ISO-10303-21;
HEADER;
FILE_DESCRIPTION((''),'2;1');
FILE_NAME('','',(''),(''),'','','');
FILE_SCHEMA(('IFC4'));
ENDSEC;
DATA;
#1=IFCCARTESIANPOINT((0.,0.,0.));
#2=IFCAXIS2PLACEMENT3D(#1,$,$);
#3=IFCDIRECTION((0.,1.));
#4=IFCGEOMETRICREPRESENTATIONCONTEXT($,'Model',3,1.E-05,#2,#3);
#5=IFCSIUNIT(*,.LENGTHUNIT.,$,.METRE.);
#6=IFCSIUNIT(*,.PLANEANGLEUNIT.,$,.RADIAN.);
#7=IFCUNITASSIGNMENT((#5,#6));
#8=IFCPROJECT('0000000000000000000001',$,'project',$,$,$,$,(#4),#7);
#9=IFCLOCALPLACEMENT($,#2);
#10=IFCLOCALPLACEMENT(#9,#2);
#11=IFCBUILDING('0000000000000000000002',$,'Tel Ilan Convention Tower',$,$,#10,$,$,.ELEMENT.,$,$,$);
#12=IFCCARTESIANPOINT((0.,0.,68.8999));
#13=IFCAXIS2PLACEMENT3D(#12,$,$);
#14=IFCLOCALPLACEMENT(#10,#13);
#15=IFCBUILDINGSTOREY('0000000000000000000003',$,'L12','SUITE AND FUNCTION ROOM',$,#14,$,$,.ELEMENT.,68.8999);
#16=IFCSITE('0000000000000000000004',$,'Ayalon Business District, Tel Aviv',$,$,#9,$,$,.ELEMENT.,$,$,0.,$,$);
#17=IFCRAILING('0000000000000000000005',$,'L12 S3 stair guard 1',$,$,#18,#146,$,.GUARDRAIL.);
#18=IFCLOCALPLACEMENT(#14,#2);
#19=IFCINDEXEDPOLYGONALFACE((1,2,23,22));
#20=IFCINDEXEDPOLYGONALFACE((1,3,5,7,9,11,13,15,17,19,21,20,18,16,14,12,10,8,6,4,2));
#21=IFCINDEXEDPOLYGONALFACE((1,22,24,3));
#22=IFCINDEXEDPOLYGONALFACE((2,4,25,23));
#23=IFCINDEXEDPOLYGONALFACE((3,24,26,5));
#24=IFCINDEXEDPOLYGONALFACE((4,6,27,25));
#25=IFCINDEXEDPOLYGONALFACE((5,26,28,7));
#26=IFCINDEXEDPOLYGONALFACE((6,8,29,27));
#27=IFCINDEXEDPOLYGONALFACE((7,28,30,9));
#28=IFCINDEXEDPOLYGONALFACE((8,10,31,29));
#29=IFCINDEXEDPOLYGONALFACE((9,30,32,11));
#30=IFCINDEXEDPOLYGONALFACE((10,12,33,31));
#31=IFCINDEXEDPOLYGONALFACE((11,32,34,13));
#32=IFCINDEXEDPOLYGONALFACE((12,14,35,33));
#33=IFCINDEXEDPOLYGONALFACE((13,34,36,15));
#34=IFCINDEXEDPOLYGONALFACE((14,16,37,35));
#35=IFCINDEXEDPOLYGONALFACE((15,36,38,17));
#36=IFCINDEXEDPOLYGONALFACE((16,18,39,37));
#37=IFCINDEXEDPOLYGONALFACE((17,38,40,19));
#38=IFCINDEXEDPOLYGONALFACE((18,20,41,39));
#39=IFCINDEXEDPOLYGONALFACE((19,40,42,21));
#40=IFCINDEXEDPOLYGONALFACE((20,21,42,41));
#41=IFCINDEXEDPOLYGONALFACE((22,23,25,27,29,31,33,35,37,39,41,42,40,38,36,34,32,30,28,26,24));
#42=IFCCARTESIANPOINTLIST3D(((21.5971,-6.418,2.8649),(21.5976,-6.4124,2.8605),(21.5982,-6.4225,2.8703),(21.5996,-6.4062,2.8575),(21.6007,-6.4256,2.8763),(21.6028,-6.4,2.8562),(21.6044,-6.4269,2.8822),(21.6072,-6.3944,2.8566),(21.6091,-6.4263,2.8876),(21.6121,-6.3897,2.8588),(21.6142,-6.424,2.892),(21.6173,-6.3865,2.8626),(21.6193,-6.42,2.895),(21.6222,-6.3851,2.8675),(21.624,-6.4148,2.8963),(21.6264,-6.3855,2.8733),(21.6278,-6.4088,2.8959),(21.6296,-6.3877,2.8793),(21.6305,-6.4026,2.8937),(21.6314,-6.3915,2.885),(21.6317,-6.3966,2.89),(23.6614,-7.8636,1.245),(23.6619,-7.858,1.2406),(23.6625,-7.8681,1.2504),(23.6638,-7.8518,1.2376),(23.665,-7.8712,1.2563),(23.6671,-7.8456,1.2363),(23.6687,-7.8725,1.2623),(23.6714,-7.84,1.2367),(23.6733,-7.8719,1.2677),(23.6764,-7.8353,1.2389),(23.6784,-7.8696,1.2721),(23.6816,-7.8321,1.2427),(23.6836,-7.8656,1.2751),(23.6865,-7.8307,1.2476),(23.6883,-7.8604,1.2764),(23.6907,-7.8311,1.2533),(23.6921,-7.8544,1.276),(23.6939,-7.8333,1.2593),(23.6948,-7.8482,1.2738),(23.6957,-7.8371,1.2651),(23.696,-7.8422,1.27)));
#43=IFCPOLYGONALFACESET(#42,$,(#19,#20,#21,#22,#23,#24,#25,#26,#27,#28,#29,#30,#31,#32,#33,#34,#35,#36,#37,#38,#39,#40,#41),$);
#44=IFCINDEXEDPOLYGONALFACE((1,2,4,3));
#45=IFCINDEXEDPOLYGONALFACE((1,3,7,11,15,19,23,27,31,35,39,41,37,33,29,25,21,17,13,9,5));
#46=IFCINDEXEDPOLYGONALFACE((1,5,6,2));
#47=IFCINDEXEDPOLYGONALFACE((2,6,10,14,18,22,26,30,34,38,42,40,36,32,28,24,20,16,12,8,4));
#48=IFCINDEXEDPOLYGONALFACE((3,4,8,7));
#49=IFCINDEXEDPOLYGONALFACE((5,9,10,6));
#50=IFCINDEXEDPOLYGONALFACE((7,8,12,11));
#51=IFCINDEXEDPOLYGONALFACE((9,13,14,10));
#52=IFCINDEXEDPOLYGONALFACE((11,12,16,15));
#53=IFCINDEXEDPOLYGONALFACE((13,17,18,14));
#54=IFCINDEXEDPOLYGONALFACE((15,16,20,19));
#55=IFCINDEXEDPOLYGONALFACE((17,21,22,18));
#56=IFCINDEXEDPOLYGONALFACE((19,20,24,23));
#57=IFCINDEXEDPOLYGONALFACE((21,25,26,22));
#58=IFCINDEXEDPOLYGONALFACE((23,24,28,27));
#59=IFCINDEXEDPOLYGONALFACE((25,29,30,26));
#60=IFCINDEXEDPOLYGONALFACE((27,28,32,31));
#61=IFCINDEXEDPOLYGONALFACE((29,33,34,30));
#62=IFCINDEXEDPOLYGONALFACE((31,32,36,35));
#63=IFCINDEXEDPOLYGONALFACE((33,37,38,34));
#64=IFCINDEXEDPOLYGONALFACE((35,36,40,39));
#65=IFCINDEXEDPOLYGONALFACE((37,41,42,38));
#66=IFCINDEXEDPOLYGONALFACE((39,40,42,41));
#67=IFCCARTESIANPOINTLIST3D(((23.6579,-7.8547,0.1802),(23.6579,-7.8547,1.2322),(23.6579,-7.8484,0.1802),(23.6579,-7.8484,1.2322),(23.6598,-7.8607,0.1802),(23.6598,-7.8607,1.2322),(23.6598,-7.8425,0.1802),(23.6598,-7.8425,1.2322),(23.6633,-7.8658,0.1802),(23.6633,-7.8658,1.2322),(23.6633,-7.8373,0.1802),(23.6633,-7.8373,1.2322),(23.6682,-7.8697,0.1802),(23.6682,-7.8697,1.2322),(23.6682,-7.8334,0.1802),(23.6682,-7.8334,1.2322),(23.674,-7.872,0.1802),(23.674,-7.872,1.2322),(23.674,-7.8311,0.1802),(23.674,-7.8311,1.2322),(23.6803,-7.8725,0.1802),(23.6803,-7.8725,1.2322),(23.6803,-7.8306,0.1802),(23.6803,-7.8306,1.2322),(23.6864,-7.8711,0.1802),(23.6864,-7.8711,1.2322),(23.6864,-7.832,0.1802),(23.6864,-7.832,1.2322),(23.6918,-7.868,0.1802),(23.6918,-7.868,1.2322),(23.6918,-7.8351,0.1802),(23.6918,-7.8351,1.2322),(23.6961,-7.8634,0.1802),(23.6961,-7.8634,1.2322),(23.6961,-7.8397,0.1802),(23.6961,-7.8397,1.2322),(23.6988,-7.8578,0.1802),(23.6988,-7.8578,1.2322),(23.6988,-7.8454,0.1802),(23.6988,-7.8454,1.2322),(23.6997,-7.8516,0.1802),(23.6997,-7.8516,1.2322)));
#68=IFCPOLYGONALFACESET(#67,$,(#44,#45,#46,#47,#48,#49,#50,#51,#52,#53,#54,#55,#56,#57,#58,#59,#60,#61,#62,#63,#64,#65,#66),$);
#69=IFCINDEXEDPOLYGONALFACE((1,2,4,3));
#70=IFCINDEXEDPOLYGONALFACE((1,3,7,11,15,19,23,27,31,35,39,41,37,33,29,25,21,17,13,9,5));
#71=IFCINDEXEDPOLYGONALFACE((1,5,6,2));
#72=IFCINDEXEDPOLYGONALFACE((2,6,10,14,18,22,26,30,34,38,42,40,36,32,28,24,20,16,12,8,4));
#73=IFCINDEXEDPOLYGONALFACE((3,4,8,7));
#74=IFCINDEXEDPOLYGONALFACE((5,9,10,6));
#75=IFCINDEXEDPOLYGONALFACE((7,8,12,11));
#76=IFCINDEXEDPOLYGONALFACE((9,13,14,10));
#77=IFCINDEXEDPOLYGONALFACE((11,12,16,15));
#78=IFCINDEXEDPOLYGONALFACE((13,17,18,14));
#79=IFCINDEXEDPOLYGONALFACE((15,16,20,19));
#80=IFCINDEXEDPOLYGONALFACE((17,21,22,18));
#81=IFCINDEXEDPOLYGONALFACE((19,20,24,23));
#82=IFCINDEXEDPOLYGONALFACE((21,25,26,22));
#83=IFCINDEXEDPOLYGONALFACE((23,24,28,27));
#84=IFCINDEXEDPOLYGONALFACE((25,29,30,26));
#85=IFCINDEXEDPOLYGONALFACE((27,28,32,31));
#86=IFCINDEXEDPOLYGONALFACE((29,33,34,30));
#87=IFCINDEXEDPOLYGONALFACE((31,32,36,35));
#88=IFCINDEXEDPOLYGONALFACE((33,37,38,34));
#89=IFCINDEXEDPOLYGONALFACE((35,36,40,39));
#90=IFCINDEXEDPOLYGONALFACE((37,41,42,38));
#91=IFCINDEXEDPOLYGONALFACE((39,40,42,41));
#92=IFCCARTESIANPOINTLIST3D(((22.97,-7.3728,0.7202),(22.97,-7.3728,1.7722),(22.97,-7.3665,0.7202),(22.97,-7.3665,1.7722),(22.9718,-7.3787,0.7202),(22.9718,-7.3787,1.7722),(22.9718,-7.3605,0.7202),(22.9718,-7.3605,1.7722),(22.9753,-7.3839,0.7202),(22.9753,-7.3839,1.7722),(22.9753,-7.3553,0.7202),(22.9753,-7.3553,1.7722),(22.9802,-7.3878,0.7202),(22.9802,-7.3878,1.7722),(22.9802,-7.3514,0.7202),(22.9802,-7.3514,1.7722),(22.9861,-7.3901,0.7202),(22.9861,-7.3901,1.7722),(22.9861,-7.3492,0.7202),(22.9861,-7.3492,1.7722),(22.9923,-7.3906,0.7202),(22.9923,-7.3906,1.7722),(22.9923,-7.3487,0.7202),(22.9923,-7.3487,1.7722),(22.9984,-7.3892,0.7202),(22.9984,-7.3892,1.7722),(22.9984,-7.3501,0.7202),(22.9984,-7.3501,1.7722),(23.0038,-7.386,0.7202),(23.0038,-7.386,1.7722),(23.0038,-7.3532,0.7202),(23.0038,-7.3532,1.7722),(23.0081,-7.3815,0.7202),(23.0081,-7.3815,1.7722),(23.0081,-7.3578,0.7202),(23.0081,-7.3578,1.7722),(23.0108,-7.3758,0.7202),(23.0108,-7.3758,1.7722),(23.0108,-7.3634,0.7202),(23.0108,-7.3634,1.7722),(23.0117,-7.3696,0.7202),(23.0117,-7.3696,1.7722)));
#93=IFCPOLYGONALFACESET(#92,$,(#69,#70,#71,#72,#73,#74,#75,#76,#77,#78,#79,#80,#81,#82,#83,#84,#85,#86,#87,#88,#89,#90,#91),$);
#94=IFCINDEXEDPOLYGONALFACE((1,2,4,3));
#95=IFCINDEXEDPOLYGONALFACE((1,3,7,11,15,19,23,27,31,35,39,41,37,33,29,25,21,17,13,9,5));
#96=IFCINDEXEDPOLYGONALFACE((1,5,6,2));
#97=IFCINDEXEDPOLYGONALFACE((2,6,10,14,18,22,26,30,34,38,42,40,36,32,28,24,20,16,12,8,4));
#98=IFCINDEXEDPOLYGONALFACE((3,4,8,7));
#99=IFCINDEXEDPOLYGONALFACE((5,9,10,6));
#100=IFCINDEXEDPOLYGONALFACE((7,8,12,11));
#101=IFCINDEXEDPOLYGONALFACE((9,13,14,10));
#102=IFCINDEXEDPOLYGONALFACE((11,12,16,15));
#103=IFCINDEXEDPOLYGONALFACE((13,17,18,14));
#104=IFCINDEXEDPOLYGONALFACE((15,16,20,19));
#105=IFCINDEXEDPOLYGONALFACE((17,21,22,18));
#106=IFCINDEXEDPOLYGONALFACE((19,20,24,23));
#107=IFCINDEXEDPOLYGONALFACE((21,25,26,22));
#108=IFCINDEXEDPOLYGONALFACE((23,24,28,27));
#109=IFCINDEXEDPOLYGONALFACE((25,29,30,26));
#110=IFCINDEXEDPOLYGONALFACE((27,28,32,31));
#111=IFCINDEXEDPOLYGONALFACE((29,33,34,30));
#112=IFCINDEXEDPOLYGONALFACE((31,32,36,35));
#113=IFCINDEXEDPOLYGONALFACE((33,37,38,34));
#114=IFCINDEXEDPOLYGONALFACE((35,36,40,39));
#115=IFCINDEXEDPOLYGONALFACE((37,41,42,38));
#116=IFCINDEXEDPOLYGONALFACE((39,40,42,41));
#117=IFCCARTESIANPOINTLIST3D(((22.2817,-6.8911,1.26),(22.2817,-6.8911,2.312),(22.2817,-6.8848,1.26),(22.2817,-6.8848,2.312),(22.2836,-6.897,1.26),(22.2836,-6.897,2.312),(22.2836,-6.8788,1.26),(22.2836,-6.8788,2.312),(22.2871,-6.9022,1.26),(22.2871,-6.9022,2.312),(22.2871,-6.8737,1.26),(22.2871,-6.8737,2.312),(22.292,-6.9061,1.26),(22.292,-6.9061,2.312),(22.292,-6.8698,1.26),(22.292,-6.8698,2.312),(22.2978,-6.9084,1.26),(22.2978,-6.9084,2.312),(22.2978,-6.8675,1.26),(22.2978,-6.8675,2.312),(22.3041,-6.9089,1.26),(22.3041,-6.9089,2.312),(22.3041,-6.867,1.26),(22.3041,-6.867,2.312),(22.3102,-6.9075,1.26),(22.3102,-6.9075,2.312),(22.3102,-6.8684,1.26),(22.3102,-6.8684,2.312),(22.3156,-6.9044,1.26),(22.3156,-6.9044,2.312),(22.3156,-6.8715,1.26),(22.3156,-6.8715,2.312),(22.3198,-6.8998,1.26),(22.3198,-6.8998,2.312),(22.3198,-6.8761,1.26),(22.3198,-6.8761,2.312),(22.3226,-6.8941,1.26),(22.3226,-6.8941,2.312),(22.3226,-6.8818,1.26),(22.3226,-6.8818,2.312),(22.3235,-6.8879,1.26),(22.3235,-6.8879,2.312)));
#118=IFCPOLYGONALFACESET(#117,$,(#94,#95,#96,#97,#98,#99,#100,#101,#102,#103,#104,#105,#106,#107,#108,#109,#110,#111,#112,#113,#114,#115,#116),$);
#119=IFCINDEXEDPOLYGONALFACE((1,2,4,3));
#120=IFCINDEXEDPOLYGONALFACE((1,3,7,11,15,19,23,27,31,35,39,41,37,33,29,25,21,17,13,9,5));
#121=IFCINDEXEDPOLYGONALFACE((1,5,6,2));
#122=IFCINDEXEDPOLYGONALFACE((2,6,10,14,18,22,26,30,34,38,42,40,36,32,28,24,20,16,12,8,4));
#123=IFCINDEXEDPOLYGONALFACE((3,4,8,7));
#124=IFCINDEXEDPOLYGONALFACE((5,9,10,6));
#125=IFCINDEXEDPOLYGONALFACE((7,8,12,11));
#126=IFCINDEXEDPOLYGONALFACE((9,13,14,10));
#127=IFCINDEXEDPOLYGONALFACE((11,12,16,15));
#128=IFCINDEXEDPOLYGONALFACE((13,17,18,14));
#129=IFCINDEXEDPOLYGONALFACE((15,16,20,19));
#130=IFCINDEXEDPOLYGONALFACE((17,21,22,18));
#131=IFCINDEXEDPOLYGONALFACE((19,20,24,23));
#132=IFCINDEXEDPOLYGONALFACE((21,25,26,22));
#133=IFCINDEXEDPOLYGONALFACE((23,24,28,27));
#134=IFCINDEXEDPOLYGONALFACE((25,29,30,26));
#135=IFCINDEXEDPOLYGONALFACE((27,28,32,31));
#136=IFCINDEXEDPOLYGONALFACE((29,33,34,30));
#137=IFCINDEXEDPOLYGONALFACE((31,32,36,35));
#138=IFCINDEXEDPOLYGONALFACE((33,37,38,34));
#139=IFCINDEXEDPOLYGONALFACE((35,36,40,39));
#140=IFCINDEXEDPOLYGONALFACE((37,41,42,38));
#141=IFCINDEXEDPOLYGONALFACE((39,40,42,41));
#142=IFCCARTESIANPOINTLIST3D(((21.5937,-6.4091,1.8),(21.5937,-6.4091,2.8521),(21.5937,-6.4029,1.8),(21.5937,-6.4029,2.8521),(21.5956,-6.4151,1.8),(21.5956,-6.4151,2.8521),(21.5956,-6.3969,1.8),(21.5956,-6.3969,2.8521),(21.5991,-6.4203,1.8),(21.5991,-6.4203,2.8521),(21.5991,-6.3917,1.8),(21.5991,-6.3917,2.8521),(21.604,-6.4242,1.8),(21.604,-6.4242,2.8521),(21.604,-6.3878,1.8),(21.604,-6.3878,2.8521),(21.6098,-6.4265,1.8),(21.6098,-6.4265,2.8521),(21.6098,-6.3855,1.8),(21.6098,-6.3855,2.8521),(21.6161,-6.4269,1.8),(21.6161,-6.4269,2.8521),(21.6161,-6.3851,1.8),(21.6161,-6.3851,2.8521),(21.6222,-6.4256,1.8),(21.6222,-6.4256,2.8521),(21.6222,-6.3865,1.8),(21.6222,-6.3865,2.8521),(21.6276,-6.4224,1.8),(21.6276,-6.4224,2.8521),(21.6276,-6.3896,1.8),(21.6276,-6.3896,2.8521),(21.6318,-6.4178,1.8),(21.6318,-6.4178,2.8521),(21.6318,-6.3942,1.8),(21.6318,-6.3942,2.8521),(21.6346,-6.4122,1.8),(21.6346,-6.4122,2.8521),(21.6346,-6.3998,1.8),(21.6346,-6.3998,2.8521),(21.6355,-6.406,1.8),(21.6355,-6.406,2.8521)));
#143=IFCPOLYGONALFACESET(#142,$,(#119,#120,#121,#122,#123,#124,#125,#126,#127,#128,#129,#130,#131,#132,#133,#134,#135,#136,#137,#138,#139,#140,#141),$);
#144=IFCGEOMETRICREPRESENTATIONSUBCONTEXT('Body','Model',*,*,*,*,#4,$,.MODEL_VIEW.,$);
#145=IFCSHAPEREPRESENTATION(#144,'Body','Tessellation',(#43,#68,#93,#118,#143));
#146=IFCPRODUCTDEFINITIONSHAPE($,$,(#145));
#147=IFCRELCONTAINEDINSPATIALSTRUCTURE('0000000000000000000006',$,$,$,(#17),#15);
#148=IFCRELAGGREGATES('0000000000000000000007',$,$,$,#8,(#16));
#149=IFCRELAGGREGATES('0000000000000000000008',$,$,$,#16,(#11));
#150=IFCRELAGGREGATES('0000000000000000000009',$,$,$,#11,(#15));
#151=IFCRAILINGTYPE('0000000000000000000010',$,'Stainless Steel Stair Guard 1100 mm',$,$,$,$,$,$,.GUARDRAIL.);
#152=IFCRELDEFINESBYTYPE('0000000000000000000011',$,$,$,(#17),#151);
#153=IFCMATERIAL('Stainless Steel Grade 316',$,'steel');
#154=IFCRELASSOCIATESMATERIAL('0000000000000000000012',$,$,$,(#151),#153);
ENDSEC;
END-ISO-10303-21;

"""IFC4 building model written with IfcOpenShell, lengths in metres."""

from ifc_helpers import new_model, si_unit, direction, frame, origin, origin_2d, place, context, subcontext, project, spatial, circle, extrude, material, type_object, element, save


model = new_model("IFC4")

# Units and contexts
model_context = context("Model", 3, precision=1e-05, world=origin(), true_north=direction((0.0, 1.0)))
body_context = subcontext(model_context, "Body", "Model", "MODEL_VIEW")
ifc_project = project(units=[si_unit("LENGTHUNIT", "METRE"), si_unit("PLANEANGLEUNIT", "RADIAN")], contexts=[model_context])

# Site, building, storey
site_placement = place(None, origin())
site = spatial("IfcSite", under=ifc_project, at=site_placement, Name="Ayalon Business District, Tel Aviv", CompositionType="ELEMENT", RefElevation=0.0)
building_placement = place(site_placement, origin())
building = spatial("IfcBuilding", under=site, at=building_placement, Name="Tel Ilan Convention Tower", CompositionType="ELEMENT")
storey_placement = place(building_placement, frame((0.0, 0.0, 68.8999)))
storey = spatial("IfcBuildingStorey", under=building, at=storey_placement, Name="L12", Description="SUITE AND FUNCTION ROOM", CompositionType="ELEMENT", Elevation=68.8999)

# Railing
ifc_material_1 = material(Name="Stainless Steel Grade 316", Category="steel")
railing_type_1 = type_object("IfcRailingType", Name="Stainless Steel Stair Guard 1100 mm", PredefinedType="GUARDRAIL", material=ifc_material_1)
railing_1_placement = place(storey_placement, frame((23.6787, -7.8516, 0.1802)))
element("IfcRailing", 1, at=railing_1_placement, inside=storey, type_object=railing_type_1, Name="L12 S3 stair guard 1", PredefinedType="GUARDRAIL", context=body_context, shape_type="SweptSolid", body=[
    extrude(circle(Radius=0.0239, at=origin_2d()), frame((0.0, 0.0, 1.0762), z_axis=(-0.689043, 0.482534, 0.540722), x_axis=(-0.573625, -0.819118, 0.0)), (0.0, 0.0, 1.0), 2.9958),
    extrude(circle(Radius=0.021, at=origin_2d()), origin(), (0.0, 0.0, 1.0), 1.052),
    extrude(circle(Radius=0.021, at=origin_2d()), frame((-0.688, 0.4819, 0.54)), (0.0, 0.0, 1.0), 1.052),
    extrude(circle(Radius=0.021, at=origin_2d()), frame((-1.3762, 0.9636, 1.0798)), (0.0, 0.0, 1.0), 1.052),
    extrude(circle(Radius=0.021, at=origin_2d()), frame((-2.0642, 1.4456, 1.6199)), (0.0, 0.0, 1.0), 1.052),
])

save(model, "model.ifc")
